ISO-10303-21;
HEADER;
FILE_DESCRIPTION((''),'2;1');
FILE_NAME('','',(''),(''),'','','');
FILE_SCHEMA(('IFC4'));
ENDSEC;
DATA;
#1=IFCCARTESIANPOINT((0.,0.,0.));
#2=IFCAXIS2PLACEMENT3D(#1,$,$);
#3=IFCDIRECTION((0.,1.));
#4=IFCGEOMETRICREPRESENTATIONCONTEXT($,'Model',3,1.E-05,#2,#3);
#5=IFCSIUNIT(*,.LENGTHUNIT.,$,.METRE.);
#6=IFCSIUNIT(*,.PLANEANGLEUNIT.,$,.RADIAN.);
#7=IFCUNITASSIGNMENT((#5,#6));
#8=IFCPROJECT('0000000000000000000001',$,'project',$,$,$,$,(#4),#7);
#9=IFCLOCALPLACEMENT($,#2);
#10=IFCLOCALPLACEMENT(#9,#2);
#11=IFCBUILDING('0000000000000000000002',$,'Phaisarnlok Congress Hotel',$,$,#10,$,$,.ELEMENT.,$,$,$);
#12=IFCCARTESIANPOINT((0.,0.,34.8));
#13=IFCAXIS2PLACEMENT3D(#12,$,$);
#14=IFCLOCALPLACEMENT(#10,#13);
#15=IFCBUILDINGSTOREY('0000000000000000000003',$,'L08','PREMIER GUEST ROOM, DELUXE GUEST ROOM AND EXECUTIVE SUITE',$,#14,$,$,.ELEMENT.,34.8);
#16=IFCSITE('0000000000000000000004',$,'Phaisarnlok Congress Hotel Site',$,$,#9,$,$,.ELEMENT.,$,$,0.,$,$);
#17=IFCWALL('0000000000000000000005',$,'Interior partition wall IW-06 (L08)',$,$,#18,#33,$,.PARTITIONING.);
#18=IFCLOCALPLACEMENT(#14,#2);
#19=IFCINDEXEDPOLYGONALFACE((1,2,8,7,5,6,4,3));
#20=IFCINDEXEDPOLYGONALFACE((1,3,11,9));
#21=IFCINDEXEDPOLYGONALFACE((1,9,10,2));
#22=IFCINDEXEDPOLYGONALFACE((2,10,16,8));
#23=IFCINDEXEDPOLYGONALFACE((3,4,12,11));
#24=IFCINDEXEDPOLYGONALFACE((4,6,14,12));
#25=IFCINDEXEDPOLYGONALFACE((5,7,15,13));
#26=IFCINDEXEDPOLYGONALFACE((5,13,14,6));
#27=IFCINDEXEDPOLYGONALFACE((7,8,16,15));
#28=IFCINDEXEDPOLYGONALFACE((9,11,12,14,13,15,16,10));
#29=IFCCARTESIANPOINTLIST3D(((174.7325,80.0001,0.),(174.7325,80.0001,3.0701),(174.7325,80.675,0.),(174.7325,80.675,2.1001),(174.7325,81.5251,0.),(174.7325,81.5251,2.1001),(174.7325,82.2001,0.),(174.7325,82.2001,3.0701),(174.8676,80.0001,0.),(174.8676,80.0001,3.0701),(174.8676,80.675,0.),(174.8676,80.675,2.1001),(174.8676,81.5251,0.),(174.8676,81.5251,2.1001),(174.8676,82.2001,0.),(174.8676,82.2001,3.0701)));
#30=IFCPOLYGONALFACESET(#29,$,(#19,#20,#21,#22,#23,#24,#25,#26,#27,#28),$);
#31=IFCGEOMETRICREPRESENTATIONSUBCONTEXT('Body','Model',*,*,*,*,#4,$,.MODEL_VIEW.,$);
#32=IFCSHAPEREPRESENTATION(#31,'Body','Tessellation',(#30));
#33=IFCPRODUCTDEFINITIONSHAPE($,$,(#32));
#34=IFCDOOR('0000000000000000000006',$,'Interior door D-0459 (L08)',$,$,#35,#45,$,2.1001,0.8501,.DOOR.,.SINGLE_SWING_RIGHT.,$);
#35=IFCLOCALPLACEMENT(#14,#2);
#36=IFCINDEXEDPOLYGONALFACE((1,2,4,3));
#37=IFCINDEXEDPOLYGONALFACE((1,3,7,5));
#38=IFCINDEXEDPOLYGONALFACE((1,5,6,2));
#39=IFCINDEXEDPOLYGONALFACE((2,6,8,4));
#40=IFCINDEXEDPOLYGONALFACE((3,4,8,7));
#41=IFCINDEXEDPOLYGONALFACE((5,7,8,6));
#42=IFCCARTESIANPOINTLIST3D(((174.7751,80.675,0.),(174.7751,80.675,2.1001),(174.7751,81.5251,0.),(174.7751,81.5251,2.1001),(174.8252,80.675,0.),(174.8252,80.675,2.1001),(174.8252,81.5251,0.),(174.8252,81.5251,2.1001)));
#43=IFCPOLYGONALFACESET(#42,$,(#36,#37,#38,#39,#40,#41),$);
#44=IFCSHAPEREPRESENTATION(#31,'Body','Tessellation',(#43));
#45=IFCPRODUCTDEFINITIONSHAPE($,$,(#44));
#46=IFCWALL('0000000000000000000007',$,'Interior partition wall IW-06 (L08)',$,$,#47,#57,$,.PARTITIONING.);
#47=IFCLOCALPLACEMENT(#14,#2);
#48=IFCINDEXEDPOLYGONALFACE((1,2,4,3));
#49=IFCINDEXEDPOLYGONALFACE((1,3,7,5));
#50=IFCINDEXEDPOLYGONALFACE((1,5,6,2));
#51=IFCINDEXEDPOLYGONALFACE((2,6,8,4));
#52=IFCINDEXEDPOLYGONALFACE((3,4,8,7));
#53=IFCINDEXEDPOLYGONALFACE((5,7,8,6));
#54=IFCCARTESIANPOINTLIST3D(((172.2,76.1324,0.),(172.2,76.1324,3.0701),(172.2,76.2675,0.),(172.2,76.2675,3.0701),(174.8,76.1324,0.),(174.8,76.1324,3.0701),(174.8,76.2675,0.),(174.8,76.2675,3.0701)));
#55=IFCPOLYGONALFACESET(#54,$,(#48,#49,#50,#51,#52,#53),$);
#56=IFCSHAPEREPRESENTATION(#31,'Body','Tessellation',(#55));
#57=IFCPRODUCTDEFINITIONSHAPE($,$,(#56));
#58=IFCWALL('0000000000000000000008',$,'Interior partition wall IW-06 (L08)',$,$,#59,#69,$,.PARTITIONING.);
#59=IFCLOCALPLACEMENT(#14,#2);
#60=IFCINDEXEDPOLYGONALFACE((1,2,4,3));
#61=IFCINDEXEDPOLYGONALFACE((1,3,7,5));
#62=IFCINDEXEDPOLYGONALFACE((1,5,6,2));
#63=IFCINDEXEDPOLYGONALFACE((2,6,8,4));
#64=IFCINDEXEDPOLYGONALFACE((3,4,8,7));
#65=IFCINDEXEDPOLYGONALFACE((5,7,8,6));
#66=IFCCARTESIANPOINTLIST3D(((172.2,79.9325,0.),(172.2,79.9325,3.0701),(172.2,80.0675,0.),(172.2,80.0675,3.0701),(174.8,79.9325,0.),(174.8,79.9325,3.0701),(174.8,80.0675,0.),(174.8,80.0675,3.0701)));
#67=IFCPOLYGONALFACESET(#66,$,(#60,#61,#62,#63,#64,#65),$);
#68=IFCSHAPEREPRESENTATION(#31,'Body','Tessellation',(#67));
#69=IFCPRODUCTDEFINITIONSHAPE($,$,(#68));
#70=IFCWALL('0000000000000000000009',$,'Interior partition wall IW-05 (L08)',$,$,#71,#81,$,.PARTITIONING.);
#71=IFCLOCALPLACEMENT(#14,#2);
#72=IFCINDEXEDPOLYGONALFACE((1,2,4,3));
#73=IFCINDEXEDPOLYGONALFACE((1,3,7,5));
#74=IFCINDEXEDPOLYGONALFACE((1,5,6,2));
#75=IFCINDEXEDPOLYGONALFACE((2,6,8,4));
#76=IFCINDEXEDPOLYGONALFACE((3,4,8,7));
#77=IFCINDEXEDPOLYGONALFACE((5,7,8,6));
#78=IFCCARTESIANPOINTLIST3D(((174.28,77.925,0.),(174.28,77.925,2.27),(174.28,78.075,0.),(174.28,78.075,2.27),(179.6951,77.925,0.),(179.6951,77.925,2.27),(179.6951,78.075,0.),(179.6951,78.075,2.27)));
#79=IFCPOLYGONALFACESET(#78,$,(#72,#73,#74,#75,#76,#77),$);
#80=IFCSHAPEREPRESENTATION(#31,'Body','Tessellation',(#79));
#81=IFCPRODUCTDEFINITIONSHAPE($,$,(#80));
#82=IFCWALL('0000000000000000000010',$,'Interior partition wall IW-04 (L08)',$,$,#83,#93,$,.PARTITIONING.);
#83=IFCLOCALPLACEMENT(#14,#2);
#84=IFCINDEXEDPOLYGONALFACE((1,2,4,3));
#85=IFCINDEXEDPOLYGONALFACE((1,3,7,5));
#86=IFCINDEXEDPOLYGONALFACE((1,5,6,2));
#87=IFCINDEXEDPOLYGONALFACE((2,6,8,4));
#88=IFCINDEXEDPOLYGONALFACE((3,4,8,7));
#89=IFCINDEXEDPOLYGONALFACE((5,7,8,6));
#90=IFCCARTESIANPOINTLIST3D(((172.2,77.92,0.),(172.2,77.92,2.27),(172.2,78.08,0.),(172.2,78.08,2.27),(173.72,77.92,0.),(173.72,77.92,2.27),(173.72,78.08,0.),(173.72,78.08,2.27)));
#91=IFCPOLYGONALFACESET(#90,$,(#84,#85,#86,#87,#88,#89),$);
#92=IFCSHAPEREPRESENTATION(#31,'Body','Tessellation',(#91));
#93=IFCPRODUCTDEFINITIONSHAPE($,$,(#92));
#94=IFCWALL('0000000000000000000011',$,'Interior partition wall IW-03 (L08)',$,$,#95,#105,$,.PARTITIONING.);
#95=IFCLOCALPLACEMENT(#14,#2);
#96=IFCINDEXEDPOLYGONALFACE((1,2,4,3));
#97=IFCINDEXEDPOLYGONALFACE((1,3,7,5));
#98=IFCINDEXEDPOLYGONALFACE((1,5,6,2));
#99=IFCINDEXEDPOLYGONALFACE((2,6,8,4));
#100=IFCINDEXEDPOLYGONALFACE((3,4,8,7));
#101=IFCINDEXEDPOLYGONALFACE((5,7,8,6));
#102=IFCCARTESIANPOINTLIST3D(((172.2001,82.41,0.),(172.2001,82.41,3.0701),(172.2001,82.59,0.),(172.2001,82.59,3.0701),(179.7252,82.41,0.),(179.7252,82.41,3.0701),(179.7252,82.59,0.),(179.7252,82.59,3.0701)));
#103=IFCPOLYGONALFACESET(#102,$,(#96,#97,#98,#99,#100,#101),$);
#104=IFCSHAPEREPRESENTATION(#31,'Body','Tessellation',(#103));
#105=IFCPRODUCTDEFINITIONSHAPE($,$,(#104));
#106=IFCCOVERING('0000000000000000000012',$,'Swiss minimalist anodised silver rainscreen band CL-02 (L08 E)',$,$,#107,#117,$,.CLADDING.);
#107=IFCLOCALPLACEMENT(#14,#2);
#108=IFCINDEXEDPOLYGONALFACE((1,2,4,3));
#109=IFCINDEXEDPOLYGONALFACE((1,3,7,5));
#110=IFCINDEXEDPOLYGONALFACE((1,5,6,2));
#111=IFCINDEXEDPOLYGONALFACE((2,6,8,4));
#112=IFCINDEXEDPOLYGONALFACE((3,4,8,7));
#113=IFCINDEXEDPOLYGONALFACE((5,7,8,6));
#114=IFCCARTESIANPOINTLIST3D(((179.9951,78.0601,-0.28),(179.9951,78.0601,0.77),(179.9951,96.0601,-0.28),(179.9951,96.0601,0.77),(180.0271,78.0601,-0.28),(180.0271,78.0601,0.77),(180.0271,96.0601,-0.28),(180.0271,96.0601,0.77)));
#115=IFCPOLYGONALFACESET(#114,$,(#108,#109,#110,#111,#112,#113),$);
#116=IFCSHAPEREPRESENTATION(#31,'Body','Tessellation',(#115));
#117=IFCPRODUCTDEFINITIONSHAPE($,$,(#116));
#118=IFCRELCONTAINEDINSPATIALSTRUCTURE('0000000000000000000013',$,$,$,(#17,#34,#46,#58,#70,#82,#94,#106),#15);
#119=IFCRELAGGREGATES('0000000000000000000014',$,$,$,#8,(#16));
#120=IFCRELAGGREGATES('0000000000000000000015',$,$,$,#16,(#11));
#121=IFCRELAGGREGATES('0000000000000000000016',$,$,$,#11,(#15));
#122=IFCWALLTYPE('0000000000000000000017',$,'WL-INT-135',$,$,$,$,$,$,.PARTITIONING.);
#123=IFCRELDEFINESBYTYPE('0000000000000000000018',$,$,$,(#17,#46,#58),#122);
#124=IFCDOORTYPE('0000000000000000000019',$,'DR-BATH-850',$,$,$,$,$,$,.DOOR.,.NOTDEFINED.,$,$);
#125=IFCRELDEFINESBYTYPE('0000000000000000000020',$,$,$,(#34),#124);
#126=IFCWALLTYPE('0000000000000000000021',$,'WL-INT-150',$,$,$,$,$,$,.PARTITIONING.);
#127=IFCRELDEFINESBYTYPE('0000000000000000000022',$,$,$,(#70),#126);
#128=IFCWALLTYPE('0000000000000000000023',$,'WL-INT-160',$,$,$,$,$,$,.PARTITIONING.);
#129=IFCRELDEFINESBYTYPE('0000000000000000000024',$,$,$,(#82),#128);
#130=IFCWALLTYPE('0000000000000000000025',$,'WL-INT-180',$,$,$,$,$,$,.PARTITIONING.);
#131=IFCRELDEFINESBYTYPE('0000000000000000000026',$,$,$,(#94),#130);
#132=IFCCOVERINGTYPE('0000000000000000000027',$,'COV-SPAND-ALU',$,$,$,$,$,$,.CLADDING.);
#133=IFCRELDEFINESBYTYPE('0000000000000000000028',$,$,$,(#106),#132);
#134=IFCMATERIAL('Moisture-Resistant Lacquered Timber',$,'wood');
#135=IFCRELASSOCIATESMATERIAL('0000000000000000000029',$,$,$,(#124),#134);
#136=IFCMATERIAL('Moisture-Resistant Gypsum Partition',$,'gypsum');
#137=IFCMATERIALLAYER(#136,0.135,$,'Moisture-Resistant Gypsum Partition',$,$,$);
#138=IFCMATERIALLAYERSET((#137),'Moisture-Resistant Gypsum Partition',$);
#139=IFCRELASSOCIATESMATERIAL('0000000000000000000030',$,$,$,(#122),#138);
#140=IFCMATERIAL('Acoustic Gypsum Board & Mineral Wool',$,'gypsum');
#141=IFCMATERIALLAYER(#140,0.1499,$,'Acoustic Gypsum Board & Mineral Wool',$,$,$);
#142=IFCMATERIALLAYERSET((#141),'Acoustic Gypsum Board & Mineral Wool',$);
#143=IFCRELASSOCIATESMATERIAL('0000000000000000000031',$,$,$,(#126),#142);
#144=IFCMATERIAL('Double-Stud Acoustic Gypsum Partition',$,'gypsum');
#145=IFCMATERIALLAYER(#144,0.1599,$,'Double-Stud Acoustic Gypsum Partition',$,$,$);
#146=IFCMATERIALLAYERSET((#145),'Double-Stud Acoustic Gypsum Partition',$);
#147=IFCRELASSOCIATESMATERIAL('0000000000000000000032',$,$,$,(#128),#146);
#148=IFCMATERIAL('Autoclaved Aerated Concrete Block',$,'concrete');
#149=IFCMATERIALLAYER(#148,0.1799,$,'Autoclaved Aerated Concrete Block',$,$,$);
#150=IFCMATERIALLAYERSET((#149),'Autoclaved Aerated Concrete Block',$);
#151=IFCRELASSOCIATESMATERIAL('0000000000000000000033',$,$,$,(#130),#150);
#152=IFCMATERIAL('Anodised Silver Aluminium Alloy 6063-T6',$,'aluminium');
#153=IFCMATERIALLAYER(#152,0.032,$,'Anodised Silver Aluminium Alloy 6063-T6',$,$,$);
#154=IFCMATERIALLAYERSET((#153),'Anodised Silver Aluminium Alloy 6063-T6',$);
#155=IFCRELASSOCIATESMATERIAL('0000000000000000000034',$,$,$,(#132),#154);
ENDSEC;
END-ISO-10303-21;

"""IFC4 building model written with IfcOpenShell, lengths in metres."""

from ifc_helpers import new_model, si_unit, direction, frame, frame_2d, origin, place, context, subcontext, project, spatial, polyline, rectangle, outline, extrude, material, layer, layer_set, type_object, element, fill, save


model = new_model("IFC4")

# Units and contexts
model_context = context("Model", 3, precision=1e-05, world=origin(), true_north=direction((0.0, 1.0)))
body_context = subcontext(model_context, "Body", "Model", "MODEL_VIEW")
ifc_project = project(units=[si_unit("LENGTHUNIT", "METRE"), si_unit("PLANEANGLEUNIT", "RADIAN")], contexts=[model_context])

# Site, building, storey
site_placement = place(None, origin())
site = spatial("IfcSite", under=ifc_project, at=site_placement, Name="Phaisarnlok Congress Hotel Site", CompositionType="ELEMENT", RefElevation=0.0)
building_placement = place(site_placement, origin())
building = spatial("IfcBuilding", under=site, at=building_placement, Name="Phaisarnlok Congress Hotel", CompositionType="ELEMENT")
storey_placement = place(building_placement, frame((0.0, 0.0, 34.8)))
storey = spatial("IfcBuildingStorey", under=building, at=storey_placement, Name="L08", Description="PREMIER GUEST ROOM, DELUXE GUEST ROOM AND EXECUTIVE SUITE", CompositionType="ELEMENT", Elevation=34.8)

# Shared definitions
ifc_material_1 = material(Name="Moisture-Resistant Lacquered Timber", Category="wood")
door_type = type_object("IfcDoorType", Name="DR-BATH-850", OperationType="NOTDEFINED", PredefinedType="DOOR", material=ifc_material_1)

# Wall, opening, door
ifc_material_2 = material(Name="Moisture-Resistant Gypsum Partition", Category="gypsum")
ifc_layer_1 = layer(ifc_material_2, 0.135, Name="Moisture-Resistant Gypsum Partition")
ifc_layer_set_1 = layer_set([ifc_layer_1], Name="Moisture-Resistant Gypsum Partition")
wall_type_1 = type_object("IfcWallType", Name="WL-INT-135", PredefinedType="PARTITIONING", material=ifc_layer_set_1)
wall_1_placement = place(storey_placement, frame((174.8, 80.0, 0.0), z_axis=(0.0, 0.0, 1.0), x_axis=(0.0, 1.0, 0.0)))
wall_1 = element("IfcWall", 1, at=wall_1_placement, inside=storey, type_object=wall_type_1, Name="Interior partition wall IW-06 (L08)", PredefinedType="PARTITIONING", context=body_context, shape_type="SweptSolid", body=[
    extrude(rectangle(XDim=2.2, YDim=0.135, at=frame_2d((1.1001, 0.0))), origin(), (0.0, 0.0, 1.0), 3.0701),
])
opening_1_placement = place(wall_1_placement, frame((0.675, 0.0, 0.0)))
opening_1 = element("IfcOpeningElement", 2, at=opening_1_placement, cuts=wall_1, PredefinedType="OPENING", context=body_context, shape_type="SweptSolid", body=[
    extrude(rectangle(XDim=0.8501, YDim=2.1001, at=frame_2d((0.425, 1.05))), frame((0.0, 0.0776, 0.0), z_axis=(0.0, -1.0, 0.0), x_axis=(1.0, 0.0, 0.0)), (0.0, 0.0, 1.0), 0.155),
])
door_1_placement = place(opening_1_placement, origin())
door_1 = element("IfcDoor", 3, at=door_1_placement, inside=storey, type_object=door_type, Name="Interior door D-0459 (L08)", OperationType="SINGLE_SWING_RIGHT", OverallHeight=2.1001, OverallWidth=0.8501, PredefinedType="DOOR", context=body_context, shape_type="SweptSolid", body=[
    extrude(rectangle(XDim=0.8501, YDim=2.1001, at=frame_2d((0.425, 1.05))), frame((0.0, 0.0249, 0.0), z_axis=(0.0, -1.0, 0.0), x_axis=(1.0, 0.0, 0.0)), (0.0, 0.0, 1.0), 0.05),
])
fill(opening_1, door_1)

# Walls
for number, where, z_axis, x_axis, name in (
    (4, (172.2, 76.2, 0.0), (0.0, 0.0, 1.0), (1.0, 0.0, 0.0), "Interior partition wall IW-06 (L08)"),
    (5, (172.2, 80.0, 0.0), (0.0, 0.0, 1.0), (1.0, 0.0, 0.0), "Interior partition wall IW-06 (L08)"),
):
    element("IfcWall", number, at=place(storey_placement, frame(where, z_axis=z_axis, x_axis=x_axis)), inside=storey, type_object=wall_type_1, Name=name, PredefinedType="PARTITIONING", context=body_context, shape_type="SweptSolid", body=[
        extrude(rectangle(XDim=2.6001, YDim=0.135, at=frame_2d((1.3, 0.0))), origin(), (0.0, 0.0, 1.0), 3.0701),
    ])
ifc_material_3 = material(Name="Acoustic Gypsum Board & Mineral Wool", Category="gypsum")
ifc_layer_2 = layer(ifc_material_3, 0.1499, Name="Acoustic Gypsum Board & Mineral Wool")
ifc_layer_set_2 = layer_set([ifc_layer_2], Name="Acoustic Gypsum Board & Mineral Wool")
wall_type_2 = type_object("IfcWallType", Name="WL-INT-150", PredefinedType="PARTITIONING", material=ifc_layer_set_2)
wall_2_placement = place(storey_placement, frame((174.28, 78.0, 0.0), z_axis=(0.0, 0.0, 1.0), x_axis=(1.0, 0.0, 0.0)))
element("IfcWall", 6, at=wall_2_placement, inside=storey, type_object=wall_type_2, Name="Interior partition wall IW-05 (L08)", PredefinedType="PARTITIONING", context=body_context, shape_type="SweptSolid", body=[
    extrude(rectangle(XDim=5.415, YDim=0.1499, at=frame_2d((2.7075, 0.0))), origin(), (0.0, 0.0, 1.0), 2.27),
])
ifc_material_4 = material(Name="Double-Stud Acoustic Gypsum Partition", Category="gypsum")
ifc_layer_3 = layer(ifc_material_4, 0.1599, Name="Double-Stud Acoustic Gypsum Partition")
ifc_layer_set_3 = layer_set([ifc_layer_3], Name="Double-Stud Acoustic Gypsum Partition")
wall_type_3 = type_object("IfcWallType", Name="WL-INT-160", PredefinedType="PARTITIONING", material=ifc_layer_set_3)
wall_3_placement = place(storey_placement, frame((172.2, 78.0, 0.0), z_axis=(0.0, 0.0, 1.0), x_axis=(1.0, 0.0, 0.0)))
element("IfcWall", 7, at=wall_3_placement, inside=storey, type_object=wall_type_3, Name="Interior partition wall IW-04 (L08)", PredefinedType="PARTITIONING", context=body_context, shape_type="SweptSolid", body=[
    extrude(rectangle(XDim=1.52, YDim=0.1599, at=frame_2d((0.76, 0.0))), origin(), (0.0, 0.0, 1.0), 2.27),
])
ifc_material_5 = material(Name="Autoclaved Aerated Concrete Block", Category="concrete")
ifc_layer_4 = layer(ifc_material_5, 0.1799, Name="Autoclaved Aerated Concrete Block")
ifc_layer_set_4 = layer_set([ifc_layer_4], Name="Autoclaved Aerated Concrete Block")
wall_type_4 = type_object("IfcWallType", Name="WL-INT-180", PredefinedType="PARTITIONING", material=ifc_layer_set_4)
wall_4_placement = place(storey_placement, frame((172.2, 82.5, 0.0), z_axis=(0.0, 0.0, 1.0), x_axis=(1.0, 0.0, 0.0)))
element("IfcWall", 8, at=wall_4_placement, inside=storey, type_object=wall_type_4, Name="Interior partition wall IW-03 (L08)", PredefinedType="PARTITIONING", context=body_context, shape_type="SweptSolid", body=[
    extrude(rectangle(XDim=7.5251, YDim=0.1799, at=frame_2d((3.7627, 0.0))), origin(), (0.0, 0.0, 1.0), 3.0701),
])

# Covering
ifc_material_6 = material(Name="Anodised Silver Aluminium Alloy 6063-T6", Category="aluminium")
ifc_layer_5 = layer(ifc_material_6, 0.032, Name="Anodised Silver Aluminium Alloy 6063-T6")
ifc_layer_set_5 = layer_set([ifc_layer_5], Name="Anodised Silver Aluminium Alloy 6063-T6")
covering_type = type_object("IfcCoveringType", Name="COV-SPAND-ALU", PredefinedType="CLADDING", material=ifc_layer_set_5)
covering_placement = place(storey_placement, frame((179.9951, 78.0601, -0.28), z_axis=(1.0, 0.0, 0.0), x_axis=(0.0, 1.0, 0.0)))
element("IfcCovering", 9, at=covering_placement, inside=storey, type_object=covering_type, Name="Swiss minimalist anodised silver rainscreen band CL-02 (L08 E)", PredefinedType="CLADDING", context=body_context, shape_type="SweptSolid", body=[
    extrude(outline(polyline([(0.0, 0.0), (18.0, 0.0), (18.0, 1.05), (0.0, 1.05), (0.0, 0.0)])), origin(), (0.0, 0.0, 1.0), 0.032),
])

save(model, "model.ifc")
